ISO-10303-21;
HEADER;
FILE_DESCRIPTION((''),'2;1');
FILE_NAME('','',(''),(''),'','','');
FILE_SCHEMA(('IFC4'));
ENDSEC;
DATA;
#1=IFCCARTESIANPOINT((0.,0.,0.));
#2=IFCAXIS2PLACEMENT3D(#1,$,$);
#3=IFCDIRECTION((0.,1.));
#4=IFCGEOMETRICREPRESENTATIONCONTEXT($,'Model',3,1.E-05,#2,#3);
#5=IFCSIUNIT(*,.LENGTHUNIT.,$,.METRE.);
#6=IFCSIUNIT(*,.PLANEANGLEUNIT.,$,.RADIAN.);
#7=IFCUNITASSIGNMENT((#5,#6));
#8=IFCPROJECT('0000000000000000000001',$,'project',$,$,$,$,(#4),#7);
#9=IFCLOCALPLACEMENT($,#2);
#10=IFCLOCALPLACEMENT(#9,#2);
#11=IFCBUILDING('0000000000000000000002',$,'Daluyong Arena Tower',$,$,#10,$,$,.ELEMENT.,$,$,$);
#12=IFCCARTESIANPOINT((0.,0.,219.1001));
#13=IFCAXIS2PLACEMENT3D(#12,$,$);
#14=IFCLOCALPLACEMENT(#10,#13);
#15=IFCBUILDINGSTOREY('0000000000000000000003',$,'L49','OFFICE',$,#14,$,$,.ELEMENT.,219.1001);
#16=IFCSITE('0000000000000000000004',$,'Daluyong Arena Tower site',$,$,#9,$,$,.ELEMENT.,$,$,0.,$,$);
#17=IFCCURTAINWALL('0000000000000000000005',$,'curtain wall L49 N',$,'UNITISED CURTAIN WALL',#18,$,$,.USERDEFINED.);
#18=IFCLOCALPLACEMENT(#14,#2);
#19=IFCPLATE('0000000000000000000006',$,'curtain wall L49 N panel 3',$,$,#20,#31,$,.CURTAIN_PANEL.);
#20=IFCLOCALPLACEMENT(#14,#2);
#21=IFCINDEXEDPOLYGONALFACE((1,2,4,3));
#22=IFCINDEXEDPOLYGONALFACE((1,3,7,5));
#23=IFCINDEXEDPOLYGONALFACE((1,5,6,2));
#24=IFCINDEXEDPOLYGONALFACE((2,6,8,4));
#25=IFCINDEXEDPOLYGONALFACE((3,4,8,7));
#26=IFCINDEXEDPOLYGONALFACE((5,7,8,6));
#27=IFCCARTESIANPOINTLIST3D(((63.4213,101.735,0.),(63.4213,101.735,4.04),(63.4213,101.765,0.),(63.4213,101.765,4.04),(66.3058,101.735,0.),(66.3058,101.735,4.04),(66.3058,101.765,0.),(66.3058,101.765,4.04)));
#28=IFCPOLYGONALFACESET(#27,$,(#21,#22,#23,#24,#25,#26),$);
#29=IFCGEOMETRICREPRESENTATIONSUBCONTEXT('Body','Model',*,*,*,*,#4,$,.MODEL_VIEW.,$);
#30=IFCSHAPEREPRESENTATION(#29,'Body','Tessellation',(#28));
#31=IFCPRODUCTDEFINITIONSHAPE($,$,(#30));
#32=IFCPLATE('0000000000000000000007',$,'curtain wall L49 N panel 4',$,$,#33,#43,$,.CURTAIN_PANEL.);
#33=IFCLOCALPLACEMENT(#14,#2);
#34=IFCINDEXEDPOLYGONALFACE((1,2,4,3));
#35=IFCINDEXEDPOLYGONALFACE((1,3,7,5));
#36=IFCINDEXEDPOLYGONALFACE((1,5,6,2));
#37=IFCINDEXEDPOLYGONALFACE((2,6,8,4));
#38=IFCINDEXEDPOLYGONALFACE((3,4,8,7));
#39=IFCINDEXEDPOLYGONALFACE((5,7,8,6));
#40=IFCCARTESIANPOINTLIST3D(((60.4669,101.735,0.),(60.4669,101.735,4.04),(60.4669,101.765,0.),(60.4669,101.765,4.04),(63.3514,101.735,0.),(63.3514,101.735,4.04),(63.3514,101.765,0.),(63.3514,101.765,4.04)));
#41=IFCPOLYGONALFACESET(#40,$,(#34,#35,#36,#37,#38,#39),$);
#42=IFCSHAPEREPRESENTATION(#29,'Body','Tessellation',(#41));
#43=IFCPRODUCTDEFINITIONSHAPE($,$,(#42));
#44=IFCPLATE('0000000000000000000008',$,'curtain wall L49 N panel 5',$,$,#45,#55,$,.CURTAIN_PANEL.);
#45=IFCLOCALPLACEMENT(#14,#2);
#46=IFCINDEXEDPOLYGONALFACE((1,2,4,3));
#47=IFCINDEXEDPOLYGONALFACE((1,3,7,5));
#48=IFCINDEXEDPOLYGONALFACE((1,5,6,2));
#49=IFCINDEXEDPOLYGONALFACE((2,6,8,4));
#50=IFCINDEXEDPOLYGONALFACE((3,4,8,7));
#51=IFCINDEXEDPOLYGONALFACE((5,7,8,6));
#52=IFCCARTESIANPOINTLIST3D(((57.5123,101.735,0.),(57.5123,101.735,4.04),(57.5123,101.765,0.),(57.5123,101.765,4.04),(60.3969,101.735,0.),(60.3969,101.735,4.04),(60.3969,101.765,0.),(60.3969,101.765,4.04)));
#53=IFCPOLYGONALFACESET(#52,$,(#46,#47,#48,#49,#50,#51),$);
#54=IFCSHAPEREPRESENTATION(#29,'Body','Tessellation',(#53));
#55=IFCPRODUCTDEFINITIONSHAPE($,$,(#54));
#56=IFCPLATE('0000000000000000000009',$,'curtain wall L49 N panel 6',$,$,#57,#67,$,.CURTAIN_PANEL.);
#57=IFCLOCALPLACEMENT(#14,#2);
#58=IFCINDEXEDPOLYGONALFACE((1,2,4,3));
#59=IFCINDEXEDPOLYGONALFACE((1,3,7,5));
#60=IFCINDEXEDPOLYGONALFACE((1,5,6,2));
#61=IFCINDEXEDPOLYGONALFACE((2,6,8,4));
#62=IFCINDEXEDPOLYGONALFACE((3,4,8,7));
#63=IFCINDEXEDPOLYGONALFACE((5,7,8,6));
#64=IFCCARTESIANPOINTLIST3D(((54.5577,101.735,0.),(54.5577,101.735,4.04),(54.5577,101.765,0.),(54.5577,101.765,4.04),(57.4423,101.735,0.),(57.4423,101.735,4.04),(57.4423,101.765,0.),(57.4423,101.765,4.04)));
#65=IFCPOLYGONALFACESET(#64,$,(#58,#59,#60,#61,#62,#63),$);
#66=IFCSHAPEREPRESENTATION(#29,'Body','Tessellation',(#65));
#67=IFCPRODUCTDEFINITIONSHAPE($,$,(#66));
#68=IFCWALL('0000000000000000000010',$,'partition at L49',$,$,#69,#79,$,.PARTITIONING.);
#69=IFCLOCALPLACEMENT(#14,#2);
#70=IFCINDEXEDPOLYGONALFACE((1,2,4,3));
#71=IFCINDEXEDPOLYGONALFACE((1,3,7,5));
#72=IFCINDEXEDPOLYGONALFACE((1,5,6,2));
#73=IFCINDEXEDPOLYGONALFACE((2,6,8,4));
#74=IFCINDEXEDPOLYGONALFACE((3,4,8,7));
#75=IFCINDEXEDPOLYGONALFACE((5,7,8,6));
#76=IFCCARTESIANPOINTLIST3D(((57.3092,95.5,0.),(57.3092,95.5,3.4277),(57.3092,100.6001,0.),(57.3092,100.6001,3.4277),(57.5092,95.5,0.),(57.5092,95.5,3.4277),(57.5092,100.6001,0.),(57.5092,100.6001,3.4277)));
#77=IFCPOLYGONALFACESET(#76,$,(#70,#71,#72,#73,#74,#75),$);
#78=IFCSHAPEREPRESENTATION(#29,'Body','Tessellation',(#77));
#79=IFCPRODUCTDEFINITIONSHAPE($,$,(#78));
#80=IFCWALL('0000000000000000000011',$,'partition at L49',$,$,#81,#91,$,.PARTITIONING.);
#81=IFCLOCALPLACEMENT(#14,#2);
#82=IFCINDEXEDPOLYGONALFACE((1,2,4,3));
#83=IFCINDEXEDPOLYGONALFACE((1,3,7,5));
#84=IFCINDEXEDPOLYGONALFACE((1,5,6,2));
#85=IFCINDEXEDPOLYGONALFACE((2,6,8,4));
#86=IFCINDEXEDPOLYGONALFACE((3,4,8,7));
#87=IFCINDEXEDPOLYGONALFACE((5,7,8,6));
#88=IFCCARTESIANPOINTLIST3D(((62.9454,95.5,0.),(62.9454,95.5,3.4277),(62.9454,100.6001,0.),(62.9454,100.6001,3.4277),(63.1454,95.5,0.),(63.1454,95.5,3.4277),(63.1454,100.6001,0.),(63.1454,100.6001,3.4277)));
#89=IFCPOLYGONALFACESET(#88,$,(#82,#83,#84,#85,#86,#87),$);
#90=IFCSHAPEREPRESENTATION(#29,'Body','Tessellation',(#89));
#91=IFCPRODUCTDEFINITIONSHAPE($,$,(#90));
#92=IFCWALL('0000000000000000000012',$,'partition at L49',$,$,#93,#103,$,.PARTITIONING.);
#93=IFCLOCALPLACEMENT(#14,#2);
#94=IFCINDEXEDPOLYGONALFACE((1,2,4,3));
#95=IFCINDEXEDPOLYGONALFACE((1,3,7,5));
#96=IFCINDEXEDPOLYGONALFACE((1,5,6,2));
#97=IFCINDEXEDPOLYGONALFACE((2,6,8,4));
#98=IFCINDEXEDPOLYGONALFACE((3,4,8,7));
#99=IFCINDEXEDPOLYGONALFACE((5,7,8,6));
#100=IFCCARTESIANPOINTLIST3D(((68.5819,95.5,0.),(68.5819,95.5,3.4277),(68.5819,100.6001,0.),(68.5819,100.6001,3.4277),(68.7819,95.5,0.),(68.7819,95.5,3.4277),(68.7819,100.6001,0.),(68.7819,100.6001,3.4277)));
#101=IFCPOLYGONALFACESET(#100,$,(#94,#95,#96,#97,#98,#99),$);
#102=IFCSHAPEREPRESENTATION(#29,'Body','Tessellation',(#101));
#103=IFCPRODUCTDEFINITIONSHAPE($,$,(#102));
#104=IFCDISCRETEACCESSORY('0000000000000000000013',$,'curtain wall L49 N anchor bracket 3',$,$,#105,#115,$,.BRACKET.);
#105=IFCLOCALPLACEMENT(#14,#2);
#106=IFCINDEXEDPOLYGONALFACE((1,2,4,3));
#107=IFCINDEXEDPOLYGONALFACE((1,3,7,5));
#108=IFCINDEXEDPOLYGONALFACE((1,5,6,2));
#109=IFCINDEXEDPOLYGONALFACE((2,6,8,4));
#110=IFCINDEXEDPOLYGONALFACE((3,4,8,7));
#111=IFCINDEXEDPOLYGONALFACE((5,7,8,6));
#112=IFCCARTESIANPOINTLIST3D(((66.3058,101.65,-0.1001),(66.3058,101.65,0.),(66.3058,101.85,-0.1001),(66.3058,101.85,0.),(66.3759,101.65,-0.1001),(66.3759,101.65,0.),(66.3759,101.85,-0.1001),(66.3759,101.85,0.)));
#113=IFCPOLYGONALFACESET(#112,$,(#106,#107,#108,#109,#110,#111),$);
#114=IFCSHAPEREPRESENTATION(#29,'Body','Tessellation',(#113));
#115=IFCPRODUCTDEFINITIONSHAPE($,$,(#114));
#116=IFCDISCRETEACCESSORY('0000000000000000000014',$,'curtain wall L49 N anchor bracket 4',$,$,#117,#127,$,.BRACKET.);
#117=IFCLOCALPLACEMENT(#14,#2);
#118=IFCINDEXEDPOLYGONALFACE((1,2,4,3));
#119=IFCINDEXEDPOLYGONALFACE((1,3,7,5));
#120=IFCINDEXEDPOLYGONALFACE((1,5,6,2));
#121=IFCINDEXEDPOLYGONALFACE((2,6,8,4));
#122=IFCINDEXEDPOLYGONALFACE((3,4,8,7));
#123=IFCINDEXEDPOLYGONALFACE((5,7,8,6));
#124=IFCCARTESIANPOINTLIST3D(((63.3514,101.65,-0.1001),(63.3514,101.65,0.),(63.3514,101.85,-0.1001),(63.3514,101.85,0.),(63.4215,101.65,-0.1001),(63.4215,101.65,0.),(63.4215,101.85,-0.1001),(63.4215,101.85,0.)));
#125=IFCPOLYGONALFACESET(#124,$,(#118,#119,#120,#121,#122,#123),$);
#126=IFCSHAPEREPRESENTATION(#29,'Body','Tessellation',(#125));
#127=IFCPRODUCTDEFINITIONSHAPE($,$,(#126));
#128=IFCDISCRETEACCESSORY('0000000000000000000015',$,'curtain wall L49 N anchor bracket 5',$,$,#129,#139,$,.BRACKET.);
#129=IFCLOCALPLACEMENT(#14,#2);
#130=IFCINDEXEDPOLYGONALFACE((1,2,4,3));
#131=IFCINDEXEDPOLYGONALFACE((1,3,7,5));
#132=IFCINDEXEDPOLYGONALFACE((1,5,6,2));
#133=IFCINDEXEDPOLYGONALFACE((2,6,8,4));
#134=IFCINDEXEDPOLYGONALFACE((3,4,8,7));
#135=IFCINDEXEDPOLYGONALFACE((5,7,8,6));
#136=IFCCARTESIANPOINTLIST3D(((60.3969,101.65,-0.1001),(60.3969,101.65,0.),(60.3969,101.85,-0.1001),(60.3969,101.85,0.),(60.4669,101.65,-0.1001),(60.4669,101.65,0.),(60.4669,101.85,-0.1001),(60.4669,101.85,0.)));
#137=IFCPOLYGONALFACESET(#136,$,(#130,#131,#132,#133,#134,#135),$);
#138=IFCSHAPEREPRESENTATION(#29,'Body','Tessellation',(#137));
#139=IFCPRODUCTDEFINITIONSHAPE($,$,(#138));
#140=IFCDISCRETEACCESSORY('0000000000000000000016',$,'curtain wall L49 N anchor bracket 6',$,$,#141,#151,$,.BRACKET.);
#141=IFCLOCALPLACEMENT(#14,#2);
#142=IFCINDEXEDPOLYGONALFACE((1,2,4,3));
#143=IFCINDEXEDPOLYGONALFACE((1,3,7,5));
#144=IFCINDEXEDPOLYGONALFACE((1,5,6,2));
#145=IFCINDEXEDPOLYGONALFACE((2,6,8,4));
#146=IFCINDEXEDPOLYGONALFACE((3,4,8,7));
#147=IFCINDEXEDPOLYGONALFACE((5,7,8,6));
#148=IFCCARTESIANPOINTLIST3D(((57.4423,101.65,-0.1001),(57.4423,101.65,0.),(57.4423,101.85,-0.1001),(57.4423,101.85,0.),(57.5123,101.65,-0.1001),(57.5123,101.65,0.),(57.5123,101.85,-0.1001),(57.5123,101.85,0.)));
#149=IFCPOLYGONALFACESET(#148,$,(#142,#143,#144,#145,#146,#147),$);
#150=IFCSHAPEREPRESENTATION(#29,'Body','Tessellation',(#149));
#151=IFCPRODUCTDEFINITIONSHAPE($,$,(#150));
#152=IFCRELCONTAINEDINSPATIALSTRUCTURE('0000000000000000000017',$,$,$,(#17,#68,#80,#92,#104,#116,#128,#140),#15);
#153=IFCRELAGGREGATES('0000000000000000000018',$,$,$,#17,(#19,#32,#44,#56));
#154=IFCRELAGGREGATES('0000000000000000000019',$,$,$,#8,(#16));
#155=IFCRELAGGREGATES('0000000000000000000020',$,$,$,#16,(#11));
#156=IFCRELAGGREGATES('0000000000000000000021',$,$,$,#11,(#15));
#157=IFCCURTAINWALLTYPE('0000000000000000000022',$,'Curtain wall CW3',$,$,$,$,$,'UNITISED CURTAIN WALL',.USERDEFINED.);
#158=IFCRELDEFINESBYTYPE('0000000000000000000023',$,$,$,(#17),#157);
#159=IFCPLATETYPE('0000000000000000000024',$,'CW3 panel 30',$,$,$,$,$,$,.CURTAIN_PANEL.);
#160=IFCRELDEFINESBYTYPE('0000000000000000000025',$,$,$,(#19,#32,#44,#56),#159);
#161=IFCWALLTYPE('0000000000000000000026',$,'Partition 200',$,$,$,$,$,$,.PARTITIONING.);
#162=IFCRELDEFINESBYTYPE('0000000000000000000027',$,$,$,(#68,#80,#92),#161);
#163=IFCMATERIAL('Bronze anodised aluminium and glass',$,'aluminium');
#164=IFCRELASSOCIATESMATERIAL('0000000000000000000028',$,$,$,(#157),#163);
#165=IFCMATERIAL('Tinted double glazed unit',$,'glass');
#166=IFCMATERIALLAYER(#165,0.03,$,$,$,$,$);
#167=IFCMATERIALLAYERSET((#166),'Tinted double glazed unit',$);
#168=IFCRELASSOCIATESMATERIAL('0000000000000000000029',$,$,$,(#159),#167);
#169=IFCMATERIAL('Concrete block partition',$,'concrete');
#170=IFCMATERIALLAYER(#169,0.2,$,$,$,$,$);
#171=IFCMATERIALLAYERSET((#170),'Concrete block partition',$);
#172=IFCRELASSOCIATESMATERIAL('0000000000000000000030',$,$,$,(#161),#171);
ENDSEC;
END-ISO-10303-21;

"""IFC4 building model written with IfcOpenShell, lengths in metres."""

from ifc_helpers import new_model, si_unit, direction, frame, frame_2d, origin, origin_2d, place, context, subcontext, project, spatial, rectangle, extrude, material, layer, layer_set, type_object, element, aggregate, save


model = new_model("IFC4")

# Units and contexts
model_context = context("Model", 3, precision=1e-05, world=origin(), true_north=direction((0.0, 1.0)))
body_context = subcontext(model_context, "Body", "Model", "MODEL_VIEW")
ifc_project = project(units=[si_unit("LENGTHUNIT", "METRE"), si_unit("PLANEANGLEUNIT", "RADIAN")], contexts=[model_context])

# Site, building, storey
site_placement = place(None, origin())
site = spatial("IfcSite", under=ifc_project, at=site_placement, Name="Daluyong Arena Tower site", CompositionType="ELEMENT", RefElevation=0.0)
building_placement = place(site_placement, origin())
building = spatial("IfcBuilding", under=site, at=building_placement, Name="Daluyong Arena Tower", CompositionType="ELEMENT")
storey_placement = place(building_placement, frame((0.0, 0.0, 219.1001)))
storey = spatial("IfcBuildingStorey", under=building, at=storey_placement, Name="L49", Description="OFFICE", CompositionType="ELEMENT", Elevation=219.1001)

# Curtain wall
ifc_material_1 = material(Name="Bronze anodised aluminium and glass", Category="aluminium")
curtain_wall_type = type_object("IfcCurtainWallType", Name="Curtain wall CW3", ElementType="UNITISED CURTAIN WALL", PredefinedType="USERDEFINED", material=ifc_material_1)
curtain_wall_placement = place(storey_placement, origin())
curtain_wall = element("IfcCurtainWall", 1, at=curtain_wall_placement, inside=storey, type_object=curtain_wall_type, Name="curtain wall L49 N", ObjectType="UNITISED CURTAIN WALL", PredefinedType="USERDEFINED")

# Plates
ifc_material_2 = material(Name="Tinted double glazed unit", Category="glass")
ifc_layer_1 = layer(ifc_material_2, 0.03)
ifc_layer_set_1 = layer_set([ifc_layer_1], Name="Tinted double glazed unit")
plate_type = type_object("IfcPlateType", Name="CW3 panel 30", PredefinedType="CURTAIN_PANEL", material=ifc_layer_set_1)
plate_1_placement = place(storey_placement, frame((64.8635, 101.75, 0.0), z_axis=(0.0, 0.0, 1.0), x_axis=(-1.0, 0.0, 0.0)))
plate_1 = element("IfcPlate", 2, at=plate_1_placement, type_object=plate_type, Name="curtain wall L49 N panel 3", PredefinedType="CURTAIN_PANEL", context=body_context, shape_type="SweptSolid", body=[
    extrude(rectangle(XDim=2.8845, YDim=0.03, at=origin_2d()), origin(), (0.0, 0.0, 1.0), 4.04),
])
plate_2_placement = place(storey_placement, frame((61.9092, 101.75, 0.0), z_axis=(0.0, 0.0, 1.0), x_axis=(-1.0, 0.0, 0.0)))
plate_2 = element("IfcPlate", 3, at=plate_2_placement, type_object=plate_type, Name="curtain wall L49 N panel 4", PredefinedType="CURTAIN_PANEL", context=body_context, shape_type="SweptSolid", body=[
    extrude(rectangle(XDim=2.8845, YDim=0.03, at=origin_2d()), origin(), (0.0, 0.0, 1.0), 4.04),
])
plate_3_placement = place(storey_placement, frame((58.9546, 101.75, 0.0), z_axis=(0.0, 0.0, 1.0), x_axis=(-1.0, 0.0, 0.0)))
plate_3 = element("IfcPlate", 4, at=plate_3_placement, type_object=plate_type, Name="curtain wall L49 N panel 5", PredefinedType="CURTAIN_PANEL", context=body_context, shape_type="SweptSolid", body=[
    extrude(rectangle(XDim=2.8845, YDim=0.03, at=origin_2d()), origin(), (0.0, 0.0, 1.0), 4.04),
])
plate_4_placement = place(storey_placement, frame((56.0, 101.75, 0.0), z_axis=(0.0, 0.0, 1.0), x_axis=(-1.0, 0.0, 0.0)))
plate_4 = element("IfcPlate", 5, at=plate_4_placement, type_object=plate_type, Name="curtain wall L49 N panel 6", PredefinedType="CURTAIN_PANEL", context=body_context, shape_type="SweptSolid", body=[
    extrude(rectangle(XDim=2.8845, YDim=0.03, at=origin_2d()), origin(), (0.0, 0.0, 1.0), 4.04),
])
aggregate(curtain_wall, [plate_1, plate_2, plate_3, plate_4])

# Walls
ifc_material_3 = material(Name="Concrete block partition", Category="concrete")
ifc_layer_2 = layer(ifc_material_3, 0.2)
ifc_layer_set_2 = layer_set([ifc_layer_2], Name="Concrete block partition")
wall_type = type_object("IfcWallType", Name="Partition 200", PredefinedType="PARTITIONING", material=ifc_layer_set_2)
for number, where, z_axis, x_axis, name in (
    (6, (57.4092, 95.5, 0.0), (0.0, 0.0, 1.0), (0.0, 1.0, 0.0), "partition at L49"),
    (7, (63.0454, 95.5, 0.0), (0.0, 0.0, 1.0), (0.0, 1.0, 0.0), "partition at L49"),
    (8, (68.6819, 95.5, 0.0), (0.0, 0.0, 1.0), (0.0, 1.0, 0.0), "partition at L49"),
):
    element("IfcWall", number, at=place(storey_placement, frame(where, z_axis=z_axis, x_axis=x_axis)), inside=storey, type_object=wall_type, Name=name, PredefinedType="PARTITIONING", context=body_context, shape_type="SweptSolid", body=[
        extrude(rectangle(XDim=5.1001, YDim=0.2, at=frame_2d((2.55, 0.0))), origin(), (0.0, 0.0, 1.0), 3.4277),
    ])

# Discrete accessories
for number, where, z_axis, x_axis, name in (
    (9, (66.3408, 101.75, -0.1001), (0.0, 0.0, 1.0), (-1.0, 0.0, 0.0), "curtain wall L49 N anchor bracket 3"),
    (10, (63.3865, 101.75, -0.1001), (0.0, 0.0, 1.0), (-1.0, 0.0, 0.0), "curtain wall L49 N anchor bracket 4"),
    (11, (60.4319, 101.75, -0.1001), (0.0, 0.0, 1.0), (-1.0, 0.0, 0.0), "curtain wall L49 N anchor bracket 5"),
    (12, (57.4773, 101.75, -0.1001), (0.0, 0.0, 1.0), (-1.0, 0.0, 0.0), "curtain wall L49 N anchor bracket 6"),
):
    element("IfcDiscreteAccessory", number, at=place(storey_placement, frame(where, z_axis=z_axis, x_axis=x_axis)), inside=storey, Name=name, PredefinedType="BRACKET", context=body_context, shape_type="SweptSolid", body=[
        extrude(rectangle(XDim=0.0701, YDim=0.2, at=origin_2d()), origin(), (0.0, 0.0, 1.0), 0.1001),
    ])

save(model, "model.ifc")
